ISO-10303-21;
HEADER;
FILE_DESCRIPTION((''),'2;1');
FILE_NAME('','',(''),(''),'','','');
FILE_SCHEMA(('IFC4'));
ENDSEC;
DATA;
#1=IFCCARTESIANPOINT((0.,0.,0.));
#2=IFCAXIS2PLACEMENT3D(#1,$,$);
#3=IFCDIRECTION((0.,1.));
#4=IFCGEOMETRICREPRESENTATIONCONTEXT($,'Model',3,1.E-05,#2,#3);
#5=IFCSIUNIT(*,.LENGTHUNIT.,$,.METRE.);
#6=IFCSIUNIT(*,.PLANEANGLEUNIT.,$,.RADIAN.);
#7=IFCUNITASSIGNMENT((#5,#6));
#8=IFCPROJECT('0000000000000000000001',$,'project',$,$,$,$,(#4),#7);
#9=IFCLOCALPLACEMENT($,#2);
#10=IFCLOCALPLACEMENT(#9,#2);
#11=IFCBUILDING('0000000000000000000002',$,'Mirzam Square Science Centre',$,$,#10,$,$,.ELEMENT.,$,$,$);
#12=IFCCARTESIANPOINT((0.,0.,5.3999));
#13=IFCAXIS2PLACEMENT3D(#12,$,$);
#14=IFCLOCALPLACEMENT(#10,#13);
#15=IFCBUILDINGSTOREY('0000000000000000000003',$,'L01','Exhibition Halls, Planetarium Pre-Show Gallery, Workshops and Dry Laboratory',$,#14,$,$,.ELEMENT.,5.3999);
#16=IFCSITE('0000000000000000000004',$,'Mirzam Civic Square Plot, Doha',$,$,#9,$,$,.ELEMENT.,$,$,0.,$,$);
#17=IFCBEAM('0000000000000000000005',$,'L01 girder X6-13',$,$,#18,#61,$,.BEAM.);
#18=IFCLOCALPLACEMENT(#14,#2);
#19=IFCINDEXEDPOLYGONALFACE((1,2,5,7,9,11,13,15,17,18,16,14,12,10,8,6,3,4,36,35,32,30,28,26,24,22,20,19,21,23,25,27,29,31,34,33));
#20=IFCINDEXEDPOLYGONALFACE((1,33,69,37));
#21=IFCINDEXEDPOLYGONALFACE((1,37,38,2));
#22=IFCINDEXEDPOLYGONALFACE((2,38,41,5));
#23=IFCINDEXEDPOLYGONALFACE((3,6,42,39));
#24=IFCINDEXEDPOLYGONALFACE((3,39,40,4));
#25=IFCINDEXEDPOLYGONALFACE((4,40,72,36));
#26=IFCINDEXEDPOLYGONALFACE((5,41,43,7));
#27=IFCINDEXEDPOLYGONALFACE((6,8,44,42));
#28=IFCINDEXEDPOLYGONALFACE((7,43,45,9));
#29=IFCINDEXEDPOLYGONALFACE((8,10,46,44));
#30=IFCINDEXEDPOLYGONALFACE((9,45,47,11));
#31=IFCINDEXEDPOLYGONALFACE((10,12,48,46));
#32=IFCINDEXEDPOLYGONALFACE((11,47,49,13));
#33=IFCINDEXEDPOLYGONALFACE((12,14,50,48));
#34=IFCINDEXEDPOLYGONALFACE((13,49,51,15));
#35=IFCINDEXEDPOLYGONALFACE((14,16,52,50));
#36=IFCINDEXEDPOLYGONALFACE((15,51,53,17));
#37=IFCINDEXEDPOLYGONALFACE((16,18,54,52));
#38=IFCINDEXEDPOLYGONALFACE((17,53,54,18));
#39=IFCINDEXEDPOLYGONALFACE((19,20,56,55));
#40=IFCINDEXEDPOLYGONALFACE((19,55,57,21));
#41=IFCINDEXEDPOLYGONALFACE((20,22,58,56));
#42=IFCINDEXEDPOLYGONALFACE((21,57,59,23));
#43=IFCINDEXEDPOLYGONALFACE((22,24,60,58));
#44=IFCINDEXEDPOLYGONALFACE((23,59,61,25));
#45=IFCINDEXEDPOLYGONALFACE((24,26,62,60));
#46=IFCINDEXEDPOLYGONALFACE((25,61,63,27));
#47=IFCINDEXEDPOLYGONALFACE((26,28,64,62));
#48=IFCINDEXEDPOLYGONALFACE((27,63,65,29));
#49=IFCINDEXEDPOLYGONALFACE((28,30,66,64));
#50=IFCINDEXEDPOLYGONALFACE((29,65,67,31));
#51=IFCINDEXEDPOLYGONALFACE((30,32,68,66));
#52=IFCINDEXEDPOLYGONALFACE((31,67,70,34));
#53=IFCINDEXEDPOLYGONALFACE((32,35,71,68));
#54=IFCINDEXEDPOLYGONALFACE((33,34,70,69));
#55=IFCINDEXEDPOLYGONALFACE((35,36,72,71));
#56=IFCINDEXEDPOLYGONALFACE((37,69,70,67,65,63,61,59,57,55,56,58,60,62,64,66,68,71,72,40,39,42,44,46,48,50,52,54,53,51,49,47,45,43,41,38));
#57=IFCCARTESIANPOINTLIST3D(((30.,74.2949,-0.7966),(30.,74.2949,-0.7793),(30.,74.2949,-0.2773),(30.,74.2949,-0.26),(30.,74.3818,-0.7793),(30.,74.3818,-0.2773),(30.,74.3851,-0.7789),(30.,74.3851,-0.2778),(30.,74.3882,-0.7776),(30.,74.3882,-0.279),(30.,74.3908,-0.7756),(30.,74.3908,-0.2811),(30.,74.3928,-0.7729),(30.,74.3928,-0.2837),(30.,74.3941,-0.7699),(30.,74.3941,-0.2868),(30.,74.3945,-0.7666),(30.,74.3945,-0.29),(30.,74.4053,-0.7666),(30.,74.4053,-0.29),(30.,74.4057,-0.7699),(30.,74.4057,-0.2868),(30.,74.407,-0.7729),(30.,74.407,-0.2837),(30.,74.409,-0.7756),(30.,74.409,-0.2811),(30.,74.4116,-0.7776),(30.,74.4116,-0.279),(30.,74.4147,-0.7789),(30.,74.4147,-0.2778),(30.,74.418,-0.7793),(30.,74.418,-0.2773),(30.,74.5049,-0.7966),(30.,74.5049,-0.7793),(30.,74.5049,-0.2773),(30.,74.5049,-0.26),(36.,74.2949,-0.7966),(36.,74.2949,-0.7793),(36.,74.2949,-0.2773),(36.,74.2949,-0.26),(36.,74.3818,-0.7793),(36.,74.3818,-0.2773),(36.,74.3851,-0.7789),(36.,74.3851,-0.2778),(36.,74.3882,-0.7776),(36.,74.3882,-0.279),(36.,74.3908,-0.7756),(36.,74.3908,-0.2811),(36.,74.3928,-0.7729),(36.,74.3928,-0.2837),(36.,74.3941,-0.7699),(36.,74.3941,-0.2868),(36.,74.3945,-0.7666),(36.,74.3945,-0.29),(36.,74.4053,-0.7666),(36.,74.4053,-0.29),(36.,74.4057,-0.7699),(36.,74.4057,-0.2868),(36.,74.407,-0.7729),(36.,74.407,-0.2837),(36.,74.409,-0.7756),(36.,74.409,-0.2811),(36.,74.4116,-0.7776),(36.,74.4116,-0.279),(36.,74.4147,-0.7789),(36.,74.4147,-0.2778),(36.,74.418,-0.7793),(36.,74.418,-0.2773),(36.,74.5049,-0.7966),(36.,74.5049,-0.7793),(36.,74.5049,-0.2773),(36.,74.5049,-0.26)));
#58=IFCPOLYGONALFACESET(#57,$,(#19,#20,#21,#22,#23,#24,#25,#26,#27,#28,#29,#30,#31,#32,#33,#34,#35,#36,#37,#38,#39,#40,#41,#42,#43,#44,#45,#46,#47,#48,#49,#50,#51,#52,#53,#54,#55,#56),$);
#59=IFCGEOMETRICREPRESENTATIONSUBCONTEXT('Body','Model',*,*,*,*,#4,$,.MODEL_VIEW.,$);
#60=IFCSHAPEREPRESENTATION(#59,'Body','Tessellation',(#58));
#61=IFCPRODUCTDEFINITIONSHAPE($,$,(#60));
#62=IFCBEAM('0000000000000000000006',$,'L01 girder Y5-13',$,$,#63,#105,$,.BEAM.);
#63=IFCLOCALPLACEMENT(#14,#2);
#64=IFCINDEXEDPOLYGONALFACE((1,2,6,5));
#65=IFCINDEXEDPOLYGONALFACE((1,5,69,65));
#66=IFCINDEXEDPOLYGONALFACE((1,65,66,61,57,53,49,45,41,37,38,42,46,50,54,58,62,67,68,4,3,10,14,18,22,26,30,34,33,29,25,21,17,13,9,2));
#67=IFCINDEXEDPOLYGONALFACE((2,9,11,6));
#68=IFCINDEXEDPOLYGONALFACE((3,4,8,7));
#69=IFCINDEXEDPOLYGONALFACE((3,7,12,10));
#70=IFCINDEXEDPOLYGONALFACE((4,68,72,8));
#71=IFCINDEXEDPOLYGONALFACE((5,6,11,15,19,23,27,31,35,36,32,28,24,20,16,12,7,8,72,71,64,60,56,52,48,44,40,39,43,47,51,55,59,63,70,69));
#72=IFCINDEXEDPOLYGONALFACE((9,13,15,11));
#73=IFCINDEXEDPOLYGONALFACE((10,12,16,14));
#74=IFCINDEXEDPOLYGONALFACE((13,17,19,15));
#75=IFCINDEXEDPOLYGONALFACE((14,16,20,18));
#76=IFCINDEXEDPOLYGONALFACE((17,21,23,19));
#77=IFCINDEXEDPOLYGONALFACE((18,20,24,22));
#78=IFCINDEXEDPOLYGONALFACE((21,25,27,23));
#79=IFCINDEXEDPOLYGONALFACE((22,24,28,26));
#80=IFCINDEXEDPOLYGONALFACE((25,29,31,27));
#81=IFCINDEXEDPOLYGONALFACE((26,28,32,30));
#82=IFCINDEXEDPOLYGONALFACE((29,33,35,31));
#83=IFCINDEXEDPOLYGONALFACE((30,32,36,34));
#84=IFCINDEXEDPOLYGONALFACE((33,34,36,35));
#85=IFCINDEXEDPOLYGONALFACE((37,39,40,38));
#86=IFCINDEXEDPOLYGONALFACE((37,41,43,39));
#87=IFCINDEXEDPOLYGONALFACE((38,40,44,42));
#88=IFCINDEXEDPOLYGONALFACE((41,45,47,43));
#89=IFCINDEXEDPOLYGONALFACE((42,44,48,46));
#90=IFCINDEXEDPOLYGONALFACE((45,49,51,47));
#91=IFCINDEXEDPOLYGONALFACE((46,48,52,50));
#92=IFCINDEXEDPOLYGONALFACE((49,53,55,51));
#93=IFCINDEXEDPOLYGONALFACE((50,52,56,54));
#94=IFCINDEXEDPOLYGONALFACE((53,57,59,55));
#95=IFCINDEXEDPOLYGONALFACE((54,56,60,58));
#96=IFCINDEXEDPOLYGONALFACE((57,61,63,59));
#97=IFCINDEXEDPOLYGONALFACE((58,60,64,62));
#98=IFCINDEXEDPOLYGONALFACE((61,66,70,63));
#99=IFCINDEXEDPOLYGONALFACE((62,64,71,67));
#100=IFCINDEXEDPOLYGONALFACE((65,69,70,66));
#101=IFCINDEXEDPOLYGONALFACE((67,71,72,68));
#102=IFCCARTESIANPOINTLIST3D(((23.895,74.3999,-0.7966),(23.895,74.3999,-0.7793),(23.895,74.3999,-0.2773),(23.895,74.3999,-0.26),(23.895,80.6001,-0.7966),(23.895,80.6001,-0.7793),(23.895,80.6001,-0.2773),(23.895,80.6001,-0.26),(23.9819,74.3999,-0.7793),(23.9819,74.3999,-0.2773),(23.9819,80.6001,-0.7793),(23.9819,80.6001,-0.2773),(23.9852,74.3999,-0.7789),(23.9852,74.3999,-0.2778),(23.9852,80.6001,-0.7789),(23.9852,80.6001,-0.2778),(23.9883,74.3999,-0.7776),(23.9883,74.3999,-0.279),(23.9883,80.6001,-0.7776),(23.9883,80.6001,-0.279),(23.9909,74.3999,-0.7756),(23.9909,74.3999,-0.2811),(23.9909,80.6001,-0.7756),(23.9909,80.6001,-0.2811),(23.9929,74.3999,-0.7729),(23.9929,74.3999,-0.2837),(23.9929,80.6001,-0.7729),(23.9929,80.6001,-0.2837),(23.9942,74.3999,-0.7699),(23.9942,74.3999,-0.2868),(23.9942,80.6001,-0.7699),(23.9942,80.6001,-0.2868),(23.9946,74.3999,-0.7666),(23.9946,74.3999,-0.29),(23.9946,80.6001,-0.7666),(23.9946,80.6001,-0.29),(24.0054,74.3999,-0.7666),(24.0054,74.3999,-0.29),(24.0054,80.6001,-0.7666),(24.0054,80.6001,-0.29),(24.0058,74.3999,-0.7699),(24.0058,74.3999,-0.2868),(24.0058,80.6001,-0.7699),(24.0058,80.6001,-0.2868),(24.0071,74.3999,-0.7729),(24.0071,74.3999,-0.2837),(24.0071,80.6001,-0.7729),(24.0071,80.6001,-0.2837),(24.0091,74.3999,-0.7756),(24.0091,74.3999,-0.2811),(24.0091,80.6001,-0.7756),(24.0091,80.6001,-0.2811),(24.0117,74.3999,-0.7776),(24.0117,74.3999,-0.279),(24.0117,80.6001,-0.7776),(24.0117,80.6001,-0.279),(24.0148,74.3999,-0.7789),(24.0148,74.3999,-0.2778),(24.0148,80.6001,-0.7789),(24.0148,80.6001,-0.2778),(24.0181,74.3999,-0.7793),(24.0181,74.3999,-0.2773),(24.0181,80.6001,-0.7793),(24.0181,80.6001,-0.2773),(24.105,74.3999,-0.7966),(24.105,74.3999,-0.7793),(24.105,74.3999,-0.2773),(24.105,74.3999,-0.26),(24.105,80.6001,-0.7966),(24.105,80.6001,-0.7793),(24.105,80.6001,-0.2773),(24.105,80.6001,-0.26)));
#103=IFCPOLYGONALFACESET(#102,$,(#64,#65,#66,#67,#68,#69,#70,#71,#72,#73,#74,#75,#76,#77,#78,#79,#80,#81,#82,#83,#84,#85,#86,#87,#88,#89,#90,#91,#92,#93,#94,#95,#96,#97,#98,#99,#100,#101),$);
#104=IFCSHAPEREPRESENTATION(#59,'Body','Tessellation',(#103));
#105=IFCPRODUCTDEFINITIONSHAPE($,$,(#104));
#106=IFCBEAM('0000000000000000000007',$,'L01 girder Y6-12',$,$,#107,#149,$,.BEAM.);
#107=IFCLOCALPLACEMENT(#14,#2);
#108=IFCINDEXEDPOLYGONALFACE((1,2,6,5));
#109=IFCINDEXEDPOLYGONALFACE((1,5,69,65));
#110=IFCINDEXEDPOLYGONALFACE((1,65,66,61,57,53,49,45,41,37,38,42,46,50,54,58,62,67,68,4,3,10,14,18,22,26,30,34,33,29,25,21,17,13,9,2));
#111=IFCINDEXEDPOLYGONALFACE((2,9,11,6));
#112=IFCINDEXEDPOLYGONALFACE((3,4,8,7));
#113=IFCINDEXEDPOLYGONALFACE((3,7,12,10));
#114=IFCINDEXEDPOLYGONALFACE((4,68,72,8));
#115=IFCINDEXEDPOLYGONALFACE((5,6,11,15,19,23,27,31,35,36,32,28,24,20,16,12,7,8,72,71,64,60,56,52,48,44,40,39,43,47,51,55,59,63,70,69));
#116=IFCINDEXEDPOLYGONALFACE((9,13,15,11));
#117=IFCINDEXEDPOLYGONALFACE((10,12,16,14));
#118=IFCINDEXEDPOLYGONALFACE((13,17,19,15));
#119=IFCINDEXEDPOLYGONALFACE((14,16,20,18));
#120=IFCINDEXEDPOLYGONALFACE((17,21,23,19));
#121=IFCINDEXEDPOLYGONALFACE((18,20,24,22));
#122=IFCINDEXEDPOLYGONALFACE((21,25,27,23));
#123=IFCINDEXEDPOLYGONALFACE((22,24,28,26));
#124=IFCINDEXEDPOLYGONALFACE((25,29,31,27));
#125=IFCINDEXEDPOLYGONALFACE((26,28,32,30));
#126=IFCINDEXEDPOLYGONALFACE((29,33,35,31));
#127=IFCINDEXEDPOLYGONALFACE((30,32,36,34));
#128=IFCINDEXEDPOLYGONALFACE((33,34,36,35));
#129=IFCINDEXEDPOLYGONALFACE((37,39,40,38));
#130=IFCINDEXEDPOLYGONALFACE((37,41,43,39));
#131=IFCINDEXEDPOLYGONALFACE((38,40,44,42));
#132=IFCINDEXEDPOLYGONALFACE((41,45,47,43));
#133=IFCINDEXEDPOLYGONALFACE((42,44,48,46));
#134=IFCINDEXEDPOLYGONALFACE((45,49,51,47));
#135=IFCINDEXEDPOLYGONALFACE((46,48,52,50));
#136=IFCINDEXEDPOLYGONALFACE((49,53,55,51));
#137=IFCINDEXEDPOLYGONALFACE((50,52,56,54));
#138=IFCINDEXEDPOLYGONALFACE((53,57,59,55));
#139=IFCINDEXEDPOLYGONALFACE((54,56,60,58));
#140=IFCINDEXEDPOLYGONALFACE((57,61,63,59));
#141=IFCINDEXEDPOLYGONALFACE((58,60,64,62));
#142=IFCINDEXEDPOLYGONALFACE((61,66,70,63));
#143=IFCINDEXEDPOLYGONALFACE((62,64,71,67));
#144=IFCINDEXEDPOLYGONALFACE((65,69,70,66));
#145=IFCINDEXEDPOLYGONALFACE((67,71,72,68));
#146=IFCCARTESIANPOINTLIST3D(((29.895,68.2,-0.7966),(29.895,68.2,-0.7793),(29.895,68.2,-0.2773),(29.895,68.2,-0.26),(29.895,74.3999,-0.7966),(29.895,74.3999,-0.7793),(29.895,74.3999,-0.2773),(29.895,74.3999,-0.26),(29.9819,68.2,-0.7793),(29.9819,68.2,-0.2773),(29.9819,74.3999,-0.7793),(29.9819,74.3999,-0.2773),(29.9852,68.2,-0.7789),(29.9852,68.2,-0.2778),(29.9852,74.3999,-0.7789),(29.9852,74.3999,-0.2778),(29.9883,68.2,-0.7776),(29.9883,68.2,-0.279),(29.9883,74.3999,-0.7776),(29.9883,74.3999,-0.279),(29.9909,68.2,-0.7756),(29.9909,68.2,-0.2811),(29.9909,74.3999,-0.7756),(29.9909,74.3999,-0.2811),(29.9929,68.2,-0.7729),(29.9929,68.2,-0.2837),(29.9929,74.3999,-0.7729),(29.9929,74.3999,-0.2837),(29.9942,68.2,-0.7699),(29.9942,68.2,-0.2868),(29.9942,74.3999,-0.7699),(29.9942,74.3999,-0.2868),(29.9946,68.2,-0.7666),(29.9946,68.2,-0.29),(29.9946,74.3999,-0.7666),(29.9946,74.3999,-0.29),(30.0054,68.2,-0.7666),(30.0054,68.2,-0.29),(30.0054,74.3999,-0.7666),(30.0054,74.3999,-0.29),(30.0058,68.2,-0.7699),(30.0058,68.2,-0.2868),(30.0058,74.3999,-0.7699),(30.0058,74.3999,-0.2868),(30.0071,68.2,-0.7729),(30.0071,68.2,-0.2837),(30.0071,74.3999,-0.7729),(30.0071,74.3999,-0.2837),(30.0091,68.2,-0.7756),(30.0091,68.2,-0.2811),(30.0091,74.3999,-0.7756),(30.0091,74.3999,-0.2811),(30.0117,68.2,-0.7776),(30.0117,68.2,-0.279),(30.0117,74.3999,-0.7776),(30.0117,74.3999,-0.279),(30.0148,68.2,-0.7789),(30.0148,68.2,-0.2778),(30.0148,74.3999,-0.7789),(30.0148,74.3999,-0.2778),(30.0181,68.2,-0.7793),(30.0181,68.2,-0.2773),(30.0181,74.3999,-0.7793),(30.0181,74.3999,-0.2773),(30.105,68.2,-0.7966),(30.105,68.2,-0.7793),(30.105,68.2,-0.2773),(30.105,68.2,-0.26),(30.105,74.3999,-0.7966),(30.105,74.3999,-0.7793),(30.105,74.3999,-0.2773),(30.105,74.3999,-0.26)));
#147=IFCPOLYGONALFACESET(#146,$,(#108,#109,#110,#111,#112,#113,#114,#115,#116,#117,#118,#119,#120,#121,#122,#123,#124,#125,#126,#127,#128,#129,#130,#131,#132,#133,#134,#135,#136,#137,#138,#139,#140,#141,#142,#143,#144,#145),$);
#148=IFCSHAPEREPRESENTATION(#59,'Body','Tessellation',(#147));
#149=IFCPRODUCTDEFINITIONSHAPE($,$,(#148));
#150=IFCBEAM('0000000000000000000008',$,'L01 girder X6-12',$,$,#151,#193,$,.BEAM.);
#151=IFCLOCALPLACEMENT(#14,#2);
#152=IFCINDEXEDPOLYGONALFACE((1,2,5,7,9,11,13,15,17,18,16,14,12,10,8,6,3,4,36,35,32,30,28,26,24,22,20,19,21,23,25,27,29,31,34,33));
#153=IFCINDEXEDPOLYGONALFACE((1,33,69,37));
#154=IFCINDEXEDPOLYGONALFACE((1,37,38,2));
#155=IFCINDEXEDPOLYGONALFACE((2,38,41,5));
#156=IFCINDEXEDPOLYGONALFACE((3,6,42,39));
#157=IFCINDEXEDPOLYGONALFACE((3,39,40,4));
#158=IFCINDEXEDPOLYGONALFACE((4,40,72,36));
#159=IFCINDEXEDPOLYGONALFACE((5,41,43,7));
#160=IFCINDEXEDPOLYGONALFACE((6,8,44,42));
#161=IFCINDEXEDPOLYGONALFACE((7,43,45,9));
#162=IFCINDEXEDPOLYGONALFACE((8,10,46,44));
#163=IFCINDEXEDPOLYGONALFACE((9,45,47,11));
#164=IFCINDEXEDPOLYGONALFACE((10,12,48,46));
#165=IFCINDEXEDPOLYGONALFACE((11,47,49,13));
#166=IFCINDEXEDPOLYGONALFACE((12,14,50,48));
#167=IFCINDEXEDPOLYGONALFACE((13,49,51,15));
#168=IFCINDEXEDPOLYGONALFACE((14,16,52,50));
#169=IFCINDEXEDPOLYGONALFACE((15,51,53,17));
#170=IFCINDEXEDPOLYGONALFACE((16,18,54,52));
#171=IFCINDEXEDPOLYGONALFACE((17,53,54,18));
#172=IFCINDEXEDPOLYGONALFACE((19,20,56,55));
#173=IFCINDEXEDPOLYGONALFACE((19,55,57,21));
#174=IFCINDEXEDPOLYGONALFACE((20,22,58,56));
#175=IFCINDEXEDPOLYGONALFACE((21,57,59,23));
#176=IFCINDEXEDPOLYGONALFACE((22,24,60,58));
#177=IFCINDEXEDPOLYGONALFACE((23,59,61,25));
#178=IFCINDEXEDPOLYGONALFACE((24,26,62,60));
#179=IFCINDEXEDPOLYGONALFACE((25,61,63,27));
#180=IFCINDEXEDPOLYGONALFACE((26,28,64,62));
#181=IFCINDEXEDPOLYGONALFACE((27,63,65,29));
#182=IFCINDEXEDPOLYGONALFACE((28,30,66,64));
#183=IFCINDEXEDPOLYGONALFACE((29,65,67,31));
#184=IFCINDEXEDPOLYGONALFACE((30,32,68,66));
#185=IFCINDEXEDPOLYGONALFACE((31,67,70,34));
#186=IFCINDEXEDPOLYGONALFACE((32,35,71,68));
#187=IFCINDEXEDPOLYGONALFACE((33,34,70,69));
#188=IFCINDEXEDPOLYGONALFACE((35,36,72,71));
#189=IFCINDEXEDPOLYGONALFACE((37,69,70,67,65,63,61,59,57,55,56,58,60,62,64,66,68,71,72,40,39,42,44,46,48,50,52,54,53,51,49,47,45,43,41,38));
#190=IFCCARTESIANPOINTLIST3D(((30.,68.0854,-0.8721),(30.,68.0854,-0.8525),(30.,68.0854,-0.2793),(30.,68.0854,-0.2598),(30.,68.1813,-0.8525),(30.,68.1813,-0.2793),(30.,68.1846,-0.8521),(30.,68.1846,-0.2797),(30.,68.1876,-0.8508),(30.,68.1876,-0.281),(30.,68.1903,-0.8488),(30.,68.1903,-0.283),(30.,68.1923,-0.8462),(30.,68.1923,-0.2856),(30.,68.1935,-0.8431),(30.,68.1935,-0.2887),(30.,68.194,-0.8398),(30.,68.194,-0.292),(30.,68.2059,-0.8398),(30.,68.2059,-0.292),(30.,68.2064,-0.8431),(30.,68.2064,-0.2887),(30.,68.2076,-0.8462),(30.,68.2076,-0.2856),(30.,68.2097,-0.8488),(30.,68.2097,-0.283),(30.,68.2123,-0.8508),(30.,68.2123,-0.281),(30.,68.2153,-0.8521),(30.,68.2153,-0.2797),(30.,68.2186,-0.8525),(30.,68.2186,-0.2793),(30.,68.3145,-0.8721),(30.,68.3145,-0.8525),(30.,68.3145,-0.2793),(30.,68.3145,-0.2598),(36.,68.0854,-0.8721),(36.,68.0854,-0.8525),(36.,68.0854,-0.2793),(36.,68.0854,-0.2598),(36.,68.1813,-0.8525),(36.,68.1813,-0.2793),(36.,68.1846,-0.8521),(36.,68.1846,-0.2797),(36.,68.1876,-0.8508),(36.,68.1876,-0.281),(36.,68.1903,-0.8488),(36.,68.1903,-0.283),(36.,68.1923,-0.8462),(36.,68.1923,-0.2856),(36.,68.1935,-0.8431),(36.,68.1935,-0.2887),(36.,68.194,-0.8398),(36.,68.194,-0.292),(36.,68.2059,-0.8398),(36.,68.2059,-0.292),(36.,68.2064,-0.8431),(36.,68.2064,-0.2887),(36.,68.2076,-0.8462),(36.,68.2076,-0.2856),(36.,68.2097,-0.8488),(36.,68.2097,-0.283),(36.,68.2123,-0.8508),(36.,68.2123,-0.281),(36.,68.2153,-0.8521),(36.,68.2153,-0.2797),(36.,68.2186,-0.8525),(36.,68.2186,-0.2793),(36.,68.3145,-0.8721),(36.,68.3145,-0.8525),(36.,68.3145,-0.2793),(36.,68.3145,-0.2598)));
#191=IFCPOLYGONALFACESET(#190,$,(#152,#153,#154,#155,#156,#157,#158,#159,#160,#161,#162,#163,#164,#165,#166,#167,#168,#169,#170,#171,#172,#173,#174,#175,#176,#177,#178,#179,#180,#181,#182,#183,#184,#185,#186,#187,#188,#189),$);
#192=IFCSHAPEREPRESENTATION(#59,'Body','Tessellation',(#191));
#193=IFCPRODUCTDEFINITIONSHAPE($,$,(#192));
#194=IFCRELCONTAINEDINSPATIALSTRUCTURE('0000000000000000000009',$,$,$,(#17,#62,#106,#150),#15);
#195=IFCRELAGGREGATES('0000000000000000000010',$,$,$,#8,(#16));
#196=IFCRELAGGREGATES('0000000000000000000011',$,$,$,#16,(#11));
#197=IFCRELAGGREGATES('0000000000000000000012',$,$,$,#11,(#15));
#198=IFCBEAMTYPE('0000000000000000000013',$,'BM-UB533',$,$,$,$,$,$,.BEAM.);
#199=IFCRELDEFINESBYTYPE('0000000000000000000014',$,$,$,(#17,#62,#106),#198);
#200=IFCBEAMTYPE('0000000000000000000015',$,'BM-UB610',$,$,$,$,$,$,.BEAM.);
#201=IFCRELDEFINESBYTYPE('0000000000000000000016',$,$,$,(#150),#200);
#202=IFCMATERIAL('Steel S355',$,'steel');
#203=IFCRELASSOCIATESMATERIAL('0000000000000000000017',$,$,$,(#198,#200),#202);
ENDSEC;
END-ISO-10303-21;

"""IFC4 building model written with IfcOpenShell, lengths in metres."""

from ifc_helpers import new_model, si_unit, direction, frame, origin, origin_2d, place, context, subcontext, project, spatial, i_section, extrude, material, material_profile, profile_set, type_object, element, save


model = new_model("IFC4")

# Units and contexts
model_context = context("Model", 3, precision=1e-05, world=origin(), true_north=direction((0.0, 1.0)))
body_context = subcontext(model_context, "Body", "Model", "MODEL_VIEW")
ifc_project = project(units=[si_unit("LENGTHUNIT", "METRE"), si_unit("PLANEANGLEUNIT", "RADIAN")], contexts=[model_context])

# Site, building, storey
site_placement = place(None, origin())
site = spatial("IfcSite", under=ifc_project, at=site_placement, Name="Mirzam Civic Square Plot, Doha", CompositionType="ELEMENT", RefElevation=0.0)
building_placement = place(site_placement, origin())
building = spatial("IfcBuilding", under=site, at=building_placement, Name="Mirzam Square Science Centre", CompositionType="ELEMENT")
storey_placement = place(building_placement, frame((0.0, 0.0, 5.3999)))
storey = spatial("IfcBuildingStorey", under=building, at=storey_placement, Name="L01", Description="Exhibition Halls, Planetarium Pre-Show Gallery, Workshops and Dry Laboratory", CompositionType="ELEMENT", Elevation=5.3999)

# Shared definitions
ifc_material_1 = material(Name="Steel S355", Category="steel")

# Beams
ifc_material_profile_1 = material_profile(ifc_material_1, i_section(OverallWidth=0.21, OverallDepth=0.5366, WebThickness=0.0107, FlangeThickness=0.0173, FilletRadius=0.0127, at=origin_2d()), Name="533x210x101UB")
ifc_profile_set_1 = profile_set([ifc_material_profile_1], Name="Steel S355")
beam_type_1 = type_object("IfcBeamType", Name="BM-UB533", PredefinedType="BEAM", material=ifc_profile_set_1)
beam_1_placement = place(storey_placement, frame((30.0, 74.3999, -0.5283), z_axis=(1.0, 0.0, 0.0), x_axis=(0.0, 1.0, 0.0)))
element("IfcBeam", 1, at=beam_1_placement, inside=storey, type_object=beam_type_1, Name="L01 girder X6-13", PredefinedType="BEAM", context=body_context, shape_type="SweptSolid", body=[
    extrude(i_section(OverallWidth=0.21, OverallDepth=0.5366, WebThickness=0.0107, FlangeThickness=0.0173, FilletRadius=0.0127, at=origin_2d()), origin(), (0.0, 0.0, 1.0), 6.0),
])
beam_2_placement = place(storey_placement, frame((24.0, 74.3999, -0.5283), z_axis=(0.0, 1.0, 0.0), x_axis=(-1.0, 0.0, 0.0)))
element("IfcBeam", 2, at=beam_2_placement, inside=storey, type_object=beam_type_1, Name="L01 girder Y5-13", PredefinedType="BEAM", context=body_context, shape_type="SweptSolid", body=[
    extrude(i_section(OverallWidth=0.21, OverallDepth=0.5366, WebThickness=0.0107, FlangeThickness=0.0173, FilletRadius=0.0127, at=origin_2d()), origin(), (0.0, 0.0, 1.0), 6.2002),
])
beam_3_placement = place(storey_placement, frame((30.0, 68.2, -0.5283), z_axis=(0.0, 1.0, 0.0), x_axis=(-1.0, 0.0, 0.0)))
element("IfcBeam", 3, at=beam_3_placement, inside=storey, type_object=beam_type_1, Name="L01 girder Y6-12", PredefinedType="BEAM", context=body_context, shape_type="SweptSolid", body=[
    extrude(i_section(OverallWidth=0.21, OverallDepth=0.5366, WebThickness=0.0107, FlangeThickness=0.0173, FilletRadius=0.0127, at=origin_2d()), origin(), (0.0, 0.0, 1.0), 6.2),
])
ifc_material_profile_2 = material_profile(ifc_material_1, i_section(OverallWidth=0.229, OverallDepth=0.6123, WebThickness=0.012, FlangeThickness=0.0195, FilletRadius=0.0127, at=origin_2d()), Name="610x229x125UB")
ifc_profile_set_2 = profile_set([ifc_material_profile_2], Name="Steel S355")
beam_type_2 = type_object("IfcBeamType", Name="BM-UB610", PredefinedType="BEAM", material=ifc_profile_set_2)
for number, where, z_axis, x_axis, name in (
    (4, (30.0, 68.2, -0.5659), (1.0, 0.0, 0.0), (0.0, 1.0, 0.0), "L01 girder X6-12"),
):
    element("IfcBeam", number, at=place(storey_placement, frame(where, z_axis=z_axis, x_axis=x_axis)), inside=storey, type_object=beam_type_2, Name=name, PredefinedType="BEAM", context=body_context, shape_type="SweptSolid", body=[
        extrude(i_section(OverallWidth=0.229, OverallDepth=0.6123, WebThickness=0.012, FlangeThickness=0.0195, FilletRadius=0.0127, at=origin_2d()), origin(), (0.0, 0.0, 1.0), 6.0),
    ])

save(model, "model.ifc")
